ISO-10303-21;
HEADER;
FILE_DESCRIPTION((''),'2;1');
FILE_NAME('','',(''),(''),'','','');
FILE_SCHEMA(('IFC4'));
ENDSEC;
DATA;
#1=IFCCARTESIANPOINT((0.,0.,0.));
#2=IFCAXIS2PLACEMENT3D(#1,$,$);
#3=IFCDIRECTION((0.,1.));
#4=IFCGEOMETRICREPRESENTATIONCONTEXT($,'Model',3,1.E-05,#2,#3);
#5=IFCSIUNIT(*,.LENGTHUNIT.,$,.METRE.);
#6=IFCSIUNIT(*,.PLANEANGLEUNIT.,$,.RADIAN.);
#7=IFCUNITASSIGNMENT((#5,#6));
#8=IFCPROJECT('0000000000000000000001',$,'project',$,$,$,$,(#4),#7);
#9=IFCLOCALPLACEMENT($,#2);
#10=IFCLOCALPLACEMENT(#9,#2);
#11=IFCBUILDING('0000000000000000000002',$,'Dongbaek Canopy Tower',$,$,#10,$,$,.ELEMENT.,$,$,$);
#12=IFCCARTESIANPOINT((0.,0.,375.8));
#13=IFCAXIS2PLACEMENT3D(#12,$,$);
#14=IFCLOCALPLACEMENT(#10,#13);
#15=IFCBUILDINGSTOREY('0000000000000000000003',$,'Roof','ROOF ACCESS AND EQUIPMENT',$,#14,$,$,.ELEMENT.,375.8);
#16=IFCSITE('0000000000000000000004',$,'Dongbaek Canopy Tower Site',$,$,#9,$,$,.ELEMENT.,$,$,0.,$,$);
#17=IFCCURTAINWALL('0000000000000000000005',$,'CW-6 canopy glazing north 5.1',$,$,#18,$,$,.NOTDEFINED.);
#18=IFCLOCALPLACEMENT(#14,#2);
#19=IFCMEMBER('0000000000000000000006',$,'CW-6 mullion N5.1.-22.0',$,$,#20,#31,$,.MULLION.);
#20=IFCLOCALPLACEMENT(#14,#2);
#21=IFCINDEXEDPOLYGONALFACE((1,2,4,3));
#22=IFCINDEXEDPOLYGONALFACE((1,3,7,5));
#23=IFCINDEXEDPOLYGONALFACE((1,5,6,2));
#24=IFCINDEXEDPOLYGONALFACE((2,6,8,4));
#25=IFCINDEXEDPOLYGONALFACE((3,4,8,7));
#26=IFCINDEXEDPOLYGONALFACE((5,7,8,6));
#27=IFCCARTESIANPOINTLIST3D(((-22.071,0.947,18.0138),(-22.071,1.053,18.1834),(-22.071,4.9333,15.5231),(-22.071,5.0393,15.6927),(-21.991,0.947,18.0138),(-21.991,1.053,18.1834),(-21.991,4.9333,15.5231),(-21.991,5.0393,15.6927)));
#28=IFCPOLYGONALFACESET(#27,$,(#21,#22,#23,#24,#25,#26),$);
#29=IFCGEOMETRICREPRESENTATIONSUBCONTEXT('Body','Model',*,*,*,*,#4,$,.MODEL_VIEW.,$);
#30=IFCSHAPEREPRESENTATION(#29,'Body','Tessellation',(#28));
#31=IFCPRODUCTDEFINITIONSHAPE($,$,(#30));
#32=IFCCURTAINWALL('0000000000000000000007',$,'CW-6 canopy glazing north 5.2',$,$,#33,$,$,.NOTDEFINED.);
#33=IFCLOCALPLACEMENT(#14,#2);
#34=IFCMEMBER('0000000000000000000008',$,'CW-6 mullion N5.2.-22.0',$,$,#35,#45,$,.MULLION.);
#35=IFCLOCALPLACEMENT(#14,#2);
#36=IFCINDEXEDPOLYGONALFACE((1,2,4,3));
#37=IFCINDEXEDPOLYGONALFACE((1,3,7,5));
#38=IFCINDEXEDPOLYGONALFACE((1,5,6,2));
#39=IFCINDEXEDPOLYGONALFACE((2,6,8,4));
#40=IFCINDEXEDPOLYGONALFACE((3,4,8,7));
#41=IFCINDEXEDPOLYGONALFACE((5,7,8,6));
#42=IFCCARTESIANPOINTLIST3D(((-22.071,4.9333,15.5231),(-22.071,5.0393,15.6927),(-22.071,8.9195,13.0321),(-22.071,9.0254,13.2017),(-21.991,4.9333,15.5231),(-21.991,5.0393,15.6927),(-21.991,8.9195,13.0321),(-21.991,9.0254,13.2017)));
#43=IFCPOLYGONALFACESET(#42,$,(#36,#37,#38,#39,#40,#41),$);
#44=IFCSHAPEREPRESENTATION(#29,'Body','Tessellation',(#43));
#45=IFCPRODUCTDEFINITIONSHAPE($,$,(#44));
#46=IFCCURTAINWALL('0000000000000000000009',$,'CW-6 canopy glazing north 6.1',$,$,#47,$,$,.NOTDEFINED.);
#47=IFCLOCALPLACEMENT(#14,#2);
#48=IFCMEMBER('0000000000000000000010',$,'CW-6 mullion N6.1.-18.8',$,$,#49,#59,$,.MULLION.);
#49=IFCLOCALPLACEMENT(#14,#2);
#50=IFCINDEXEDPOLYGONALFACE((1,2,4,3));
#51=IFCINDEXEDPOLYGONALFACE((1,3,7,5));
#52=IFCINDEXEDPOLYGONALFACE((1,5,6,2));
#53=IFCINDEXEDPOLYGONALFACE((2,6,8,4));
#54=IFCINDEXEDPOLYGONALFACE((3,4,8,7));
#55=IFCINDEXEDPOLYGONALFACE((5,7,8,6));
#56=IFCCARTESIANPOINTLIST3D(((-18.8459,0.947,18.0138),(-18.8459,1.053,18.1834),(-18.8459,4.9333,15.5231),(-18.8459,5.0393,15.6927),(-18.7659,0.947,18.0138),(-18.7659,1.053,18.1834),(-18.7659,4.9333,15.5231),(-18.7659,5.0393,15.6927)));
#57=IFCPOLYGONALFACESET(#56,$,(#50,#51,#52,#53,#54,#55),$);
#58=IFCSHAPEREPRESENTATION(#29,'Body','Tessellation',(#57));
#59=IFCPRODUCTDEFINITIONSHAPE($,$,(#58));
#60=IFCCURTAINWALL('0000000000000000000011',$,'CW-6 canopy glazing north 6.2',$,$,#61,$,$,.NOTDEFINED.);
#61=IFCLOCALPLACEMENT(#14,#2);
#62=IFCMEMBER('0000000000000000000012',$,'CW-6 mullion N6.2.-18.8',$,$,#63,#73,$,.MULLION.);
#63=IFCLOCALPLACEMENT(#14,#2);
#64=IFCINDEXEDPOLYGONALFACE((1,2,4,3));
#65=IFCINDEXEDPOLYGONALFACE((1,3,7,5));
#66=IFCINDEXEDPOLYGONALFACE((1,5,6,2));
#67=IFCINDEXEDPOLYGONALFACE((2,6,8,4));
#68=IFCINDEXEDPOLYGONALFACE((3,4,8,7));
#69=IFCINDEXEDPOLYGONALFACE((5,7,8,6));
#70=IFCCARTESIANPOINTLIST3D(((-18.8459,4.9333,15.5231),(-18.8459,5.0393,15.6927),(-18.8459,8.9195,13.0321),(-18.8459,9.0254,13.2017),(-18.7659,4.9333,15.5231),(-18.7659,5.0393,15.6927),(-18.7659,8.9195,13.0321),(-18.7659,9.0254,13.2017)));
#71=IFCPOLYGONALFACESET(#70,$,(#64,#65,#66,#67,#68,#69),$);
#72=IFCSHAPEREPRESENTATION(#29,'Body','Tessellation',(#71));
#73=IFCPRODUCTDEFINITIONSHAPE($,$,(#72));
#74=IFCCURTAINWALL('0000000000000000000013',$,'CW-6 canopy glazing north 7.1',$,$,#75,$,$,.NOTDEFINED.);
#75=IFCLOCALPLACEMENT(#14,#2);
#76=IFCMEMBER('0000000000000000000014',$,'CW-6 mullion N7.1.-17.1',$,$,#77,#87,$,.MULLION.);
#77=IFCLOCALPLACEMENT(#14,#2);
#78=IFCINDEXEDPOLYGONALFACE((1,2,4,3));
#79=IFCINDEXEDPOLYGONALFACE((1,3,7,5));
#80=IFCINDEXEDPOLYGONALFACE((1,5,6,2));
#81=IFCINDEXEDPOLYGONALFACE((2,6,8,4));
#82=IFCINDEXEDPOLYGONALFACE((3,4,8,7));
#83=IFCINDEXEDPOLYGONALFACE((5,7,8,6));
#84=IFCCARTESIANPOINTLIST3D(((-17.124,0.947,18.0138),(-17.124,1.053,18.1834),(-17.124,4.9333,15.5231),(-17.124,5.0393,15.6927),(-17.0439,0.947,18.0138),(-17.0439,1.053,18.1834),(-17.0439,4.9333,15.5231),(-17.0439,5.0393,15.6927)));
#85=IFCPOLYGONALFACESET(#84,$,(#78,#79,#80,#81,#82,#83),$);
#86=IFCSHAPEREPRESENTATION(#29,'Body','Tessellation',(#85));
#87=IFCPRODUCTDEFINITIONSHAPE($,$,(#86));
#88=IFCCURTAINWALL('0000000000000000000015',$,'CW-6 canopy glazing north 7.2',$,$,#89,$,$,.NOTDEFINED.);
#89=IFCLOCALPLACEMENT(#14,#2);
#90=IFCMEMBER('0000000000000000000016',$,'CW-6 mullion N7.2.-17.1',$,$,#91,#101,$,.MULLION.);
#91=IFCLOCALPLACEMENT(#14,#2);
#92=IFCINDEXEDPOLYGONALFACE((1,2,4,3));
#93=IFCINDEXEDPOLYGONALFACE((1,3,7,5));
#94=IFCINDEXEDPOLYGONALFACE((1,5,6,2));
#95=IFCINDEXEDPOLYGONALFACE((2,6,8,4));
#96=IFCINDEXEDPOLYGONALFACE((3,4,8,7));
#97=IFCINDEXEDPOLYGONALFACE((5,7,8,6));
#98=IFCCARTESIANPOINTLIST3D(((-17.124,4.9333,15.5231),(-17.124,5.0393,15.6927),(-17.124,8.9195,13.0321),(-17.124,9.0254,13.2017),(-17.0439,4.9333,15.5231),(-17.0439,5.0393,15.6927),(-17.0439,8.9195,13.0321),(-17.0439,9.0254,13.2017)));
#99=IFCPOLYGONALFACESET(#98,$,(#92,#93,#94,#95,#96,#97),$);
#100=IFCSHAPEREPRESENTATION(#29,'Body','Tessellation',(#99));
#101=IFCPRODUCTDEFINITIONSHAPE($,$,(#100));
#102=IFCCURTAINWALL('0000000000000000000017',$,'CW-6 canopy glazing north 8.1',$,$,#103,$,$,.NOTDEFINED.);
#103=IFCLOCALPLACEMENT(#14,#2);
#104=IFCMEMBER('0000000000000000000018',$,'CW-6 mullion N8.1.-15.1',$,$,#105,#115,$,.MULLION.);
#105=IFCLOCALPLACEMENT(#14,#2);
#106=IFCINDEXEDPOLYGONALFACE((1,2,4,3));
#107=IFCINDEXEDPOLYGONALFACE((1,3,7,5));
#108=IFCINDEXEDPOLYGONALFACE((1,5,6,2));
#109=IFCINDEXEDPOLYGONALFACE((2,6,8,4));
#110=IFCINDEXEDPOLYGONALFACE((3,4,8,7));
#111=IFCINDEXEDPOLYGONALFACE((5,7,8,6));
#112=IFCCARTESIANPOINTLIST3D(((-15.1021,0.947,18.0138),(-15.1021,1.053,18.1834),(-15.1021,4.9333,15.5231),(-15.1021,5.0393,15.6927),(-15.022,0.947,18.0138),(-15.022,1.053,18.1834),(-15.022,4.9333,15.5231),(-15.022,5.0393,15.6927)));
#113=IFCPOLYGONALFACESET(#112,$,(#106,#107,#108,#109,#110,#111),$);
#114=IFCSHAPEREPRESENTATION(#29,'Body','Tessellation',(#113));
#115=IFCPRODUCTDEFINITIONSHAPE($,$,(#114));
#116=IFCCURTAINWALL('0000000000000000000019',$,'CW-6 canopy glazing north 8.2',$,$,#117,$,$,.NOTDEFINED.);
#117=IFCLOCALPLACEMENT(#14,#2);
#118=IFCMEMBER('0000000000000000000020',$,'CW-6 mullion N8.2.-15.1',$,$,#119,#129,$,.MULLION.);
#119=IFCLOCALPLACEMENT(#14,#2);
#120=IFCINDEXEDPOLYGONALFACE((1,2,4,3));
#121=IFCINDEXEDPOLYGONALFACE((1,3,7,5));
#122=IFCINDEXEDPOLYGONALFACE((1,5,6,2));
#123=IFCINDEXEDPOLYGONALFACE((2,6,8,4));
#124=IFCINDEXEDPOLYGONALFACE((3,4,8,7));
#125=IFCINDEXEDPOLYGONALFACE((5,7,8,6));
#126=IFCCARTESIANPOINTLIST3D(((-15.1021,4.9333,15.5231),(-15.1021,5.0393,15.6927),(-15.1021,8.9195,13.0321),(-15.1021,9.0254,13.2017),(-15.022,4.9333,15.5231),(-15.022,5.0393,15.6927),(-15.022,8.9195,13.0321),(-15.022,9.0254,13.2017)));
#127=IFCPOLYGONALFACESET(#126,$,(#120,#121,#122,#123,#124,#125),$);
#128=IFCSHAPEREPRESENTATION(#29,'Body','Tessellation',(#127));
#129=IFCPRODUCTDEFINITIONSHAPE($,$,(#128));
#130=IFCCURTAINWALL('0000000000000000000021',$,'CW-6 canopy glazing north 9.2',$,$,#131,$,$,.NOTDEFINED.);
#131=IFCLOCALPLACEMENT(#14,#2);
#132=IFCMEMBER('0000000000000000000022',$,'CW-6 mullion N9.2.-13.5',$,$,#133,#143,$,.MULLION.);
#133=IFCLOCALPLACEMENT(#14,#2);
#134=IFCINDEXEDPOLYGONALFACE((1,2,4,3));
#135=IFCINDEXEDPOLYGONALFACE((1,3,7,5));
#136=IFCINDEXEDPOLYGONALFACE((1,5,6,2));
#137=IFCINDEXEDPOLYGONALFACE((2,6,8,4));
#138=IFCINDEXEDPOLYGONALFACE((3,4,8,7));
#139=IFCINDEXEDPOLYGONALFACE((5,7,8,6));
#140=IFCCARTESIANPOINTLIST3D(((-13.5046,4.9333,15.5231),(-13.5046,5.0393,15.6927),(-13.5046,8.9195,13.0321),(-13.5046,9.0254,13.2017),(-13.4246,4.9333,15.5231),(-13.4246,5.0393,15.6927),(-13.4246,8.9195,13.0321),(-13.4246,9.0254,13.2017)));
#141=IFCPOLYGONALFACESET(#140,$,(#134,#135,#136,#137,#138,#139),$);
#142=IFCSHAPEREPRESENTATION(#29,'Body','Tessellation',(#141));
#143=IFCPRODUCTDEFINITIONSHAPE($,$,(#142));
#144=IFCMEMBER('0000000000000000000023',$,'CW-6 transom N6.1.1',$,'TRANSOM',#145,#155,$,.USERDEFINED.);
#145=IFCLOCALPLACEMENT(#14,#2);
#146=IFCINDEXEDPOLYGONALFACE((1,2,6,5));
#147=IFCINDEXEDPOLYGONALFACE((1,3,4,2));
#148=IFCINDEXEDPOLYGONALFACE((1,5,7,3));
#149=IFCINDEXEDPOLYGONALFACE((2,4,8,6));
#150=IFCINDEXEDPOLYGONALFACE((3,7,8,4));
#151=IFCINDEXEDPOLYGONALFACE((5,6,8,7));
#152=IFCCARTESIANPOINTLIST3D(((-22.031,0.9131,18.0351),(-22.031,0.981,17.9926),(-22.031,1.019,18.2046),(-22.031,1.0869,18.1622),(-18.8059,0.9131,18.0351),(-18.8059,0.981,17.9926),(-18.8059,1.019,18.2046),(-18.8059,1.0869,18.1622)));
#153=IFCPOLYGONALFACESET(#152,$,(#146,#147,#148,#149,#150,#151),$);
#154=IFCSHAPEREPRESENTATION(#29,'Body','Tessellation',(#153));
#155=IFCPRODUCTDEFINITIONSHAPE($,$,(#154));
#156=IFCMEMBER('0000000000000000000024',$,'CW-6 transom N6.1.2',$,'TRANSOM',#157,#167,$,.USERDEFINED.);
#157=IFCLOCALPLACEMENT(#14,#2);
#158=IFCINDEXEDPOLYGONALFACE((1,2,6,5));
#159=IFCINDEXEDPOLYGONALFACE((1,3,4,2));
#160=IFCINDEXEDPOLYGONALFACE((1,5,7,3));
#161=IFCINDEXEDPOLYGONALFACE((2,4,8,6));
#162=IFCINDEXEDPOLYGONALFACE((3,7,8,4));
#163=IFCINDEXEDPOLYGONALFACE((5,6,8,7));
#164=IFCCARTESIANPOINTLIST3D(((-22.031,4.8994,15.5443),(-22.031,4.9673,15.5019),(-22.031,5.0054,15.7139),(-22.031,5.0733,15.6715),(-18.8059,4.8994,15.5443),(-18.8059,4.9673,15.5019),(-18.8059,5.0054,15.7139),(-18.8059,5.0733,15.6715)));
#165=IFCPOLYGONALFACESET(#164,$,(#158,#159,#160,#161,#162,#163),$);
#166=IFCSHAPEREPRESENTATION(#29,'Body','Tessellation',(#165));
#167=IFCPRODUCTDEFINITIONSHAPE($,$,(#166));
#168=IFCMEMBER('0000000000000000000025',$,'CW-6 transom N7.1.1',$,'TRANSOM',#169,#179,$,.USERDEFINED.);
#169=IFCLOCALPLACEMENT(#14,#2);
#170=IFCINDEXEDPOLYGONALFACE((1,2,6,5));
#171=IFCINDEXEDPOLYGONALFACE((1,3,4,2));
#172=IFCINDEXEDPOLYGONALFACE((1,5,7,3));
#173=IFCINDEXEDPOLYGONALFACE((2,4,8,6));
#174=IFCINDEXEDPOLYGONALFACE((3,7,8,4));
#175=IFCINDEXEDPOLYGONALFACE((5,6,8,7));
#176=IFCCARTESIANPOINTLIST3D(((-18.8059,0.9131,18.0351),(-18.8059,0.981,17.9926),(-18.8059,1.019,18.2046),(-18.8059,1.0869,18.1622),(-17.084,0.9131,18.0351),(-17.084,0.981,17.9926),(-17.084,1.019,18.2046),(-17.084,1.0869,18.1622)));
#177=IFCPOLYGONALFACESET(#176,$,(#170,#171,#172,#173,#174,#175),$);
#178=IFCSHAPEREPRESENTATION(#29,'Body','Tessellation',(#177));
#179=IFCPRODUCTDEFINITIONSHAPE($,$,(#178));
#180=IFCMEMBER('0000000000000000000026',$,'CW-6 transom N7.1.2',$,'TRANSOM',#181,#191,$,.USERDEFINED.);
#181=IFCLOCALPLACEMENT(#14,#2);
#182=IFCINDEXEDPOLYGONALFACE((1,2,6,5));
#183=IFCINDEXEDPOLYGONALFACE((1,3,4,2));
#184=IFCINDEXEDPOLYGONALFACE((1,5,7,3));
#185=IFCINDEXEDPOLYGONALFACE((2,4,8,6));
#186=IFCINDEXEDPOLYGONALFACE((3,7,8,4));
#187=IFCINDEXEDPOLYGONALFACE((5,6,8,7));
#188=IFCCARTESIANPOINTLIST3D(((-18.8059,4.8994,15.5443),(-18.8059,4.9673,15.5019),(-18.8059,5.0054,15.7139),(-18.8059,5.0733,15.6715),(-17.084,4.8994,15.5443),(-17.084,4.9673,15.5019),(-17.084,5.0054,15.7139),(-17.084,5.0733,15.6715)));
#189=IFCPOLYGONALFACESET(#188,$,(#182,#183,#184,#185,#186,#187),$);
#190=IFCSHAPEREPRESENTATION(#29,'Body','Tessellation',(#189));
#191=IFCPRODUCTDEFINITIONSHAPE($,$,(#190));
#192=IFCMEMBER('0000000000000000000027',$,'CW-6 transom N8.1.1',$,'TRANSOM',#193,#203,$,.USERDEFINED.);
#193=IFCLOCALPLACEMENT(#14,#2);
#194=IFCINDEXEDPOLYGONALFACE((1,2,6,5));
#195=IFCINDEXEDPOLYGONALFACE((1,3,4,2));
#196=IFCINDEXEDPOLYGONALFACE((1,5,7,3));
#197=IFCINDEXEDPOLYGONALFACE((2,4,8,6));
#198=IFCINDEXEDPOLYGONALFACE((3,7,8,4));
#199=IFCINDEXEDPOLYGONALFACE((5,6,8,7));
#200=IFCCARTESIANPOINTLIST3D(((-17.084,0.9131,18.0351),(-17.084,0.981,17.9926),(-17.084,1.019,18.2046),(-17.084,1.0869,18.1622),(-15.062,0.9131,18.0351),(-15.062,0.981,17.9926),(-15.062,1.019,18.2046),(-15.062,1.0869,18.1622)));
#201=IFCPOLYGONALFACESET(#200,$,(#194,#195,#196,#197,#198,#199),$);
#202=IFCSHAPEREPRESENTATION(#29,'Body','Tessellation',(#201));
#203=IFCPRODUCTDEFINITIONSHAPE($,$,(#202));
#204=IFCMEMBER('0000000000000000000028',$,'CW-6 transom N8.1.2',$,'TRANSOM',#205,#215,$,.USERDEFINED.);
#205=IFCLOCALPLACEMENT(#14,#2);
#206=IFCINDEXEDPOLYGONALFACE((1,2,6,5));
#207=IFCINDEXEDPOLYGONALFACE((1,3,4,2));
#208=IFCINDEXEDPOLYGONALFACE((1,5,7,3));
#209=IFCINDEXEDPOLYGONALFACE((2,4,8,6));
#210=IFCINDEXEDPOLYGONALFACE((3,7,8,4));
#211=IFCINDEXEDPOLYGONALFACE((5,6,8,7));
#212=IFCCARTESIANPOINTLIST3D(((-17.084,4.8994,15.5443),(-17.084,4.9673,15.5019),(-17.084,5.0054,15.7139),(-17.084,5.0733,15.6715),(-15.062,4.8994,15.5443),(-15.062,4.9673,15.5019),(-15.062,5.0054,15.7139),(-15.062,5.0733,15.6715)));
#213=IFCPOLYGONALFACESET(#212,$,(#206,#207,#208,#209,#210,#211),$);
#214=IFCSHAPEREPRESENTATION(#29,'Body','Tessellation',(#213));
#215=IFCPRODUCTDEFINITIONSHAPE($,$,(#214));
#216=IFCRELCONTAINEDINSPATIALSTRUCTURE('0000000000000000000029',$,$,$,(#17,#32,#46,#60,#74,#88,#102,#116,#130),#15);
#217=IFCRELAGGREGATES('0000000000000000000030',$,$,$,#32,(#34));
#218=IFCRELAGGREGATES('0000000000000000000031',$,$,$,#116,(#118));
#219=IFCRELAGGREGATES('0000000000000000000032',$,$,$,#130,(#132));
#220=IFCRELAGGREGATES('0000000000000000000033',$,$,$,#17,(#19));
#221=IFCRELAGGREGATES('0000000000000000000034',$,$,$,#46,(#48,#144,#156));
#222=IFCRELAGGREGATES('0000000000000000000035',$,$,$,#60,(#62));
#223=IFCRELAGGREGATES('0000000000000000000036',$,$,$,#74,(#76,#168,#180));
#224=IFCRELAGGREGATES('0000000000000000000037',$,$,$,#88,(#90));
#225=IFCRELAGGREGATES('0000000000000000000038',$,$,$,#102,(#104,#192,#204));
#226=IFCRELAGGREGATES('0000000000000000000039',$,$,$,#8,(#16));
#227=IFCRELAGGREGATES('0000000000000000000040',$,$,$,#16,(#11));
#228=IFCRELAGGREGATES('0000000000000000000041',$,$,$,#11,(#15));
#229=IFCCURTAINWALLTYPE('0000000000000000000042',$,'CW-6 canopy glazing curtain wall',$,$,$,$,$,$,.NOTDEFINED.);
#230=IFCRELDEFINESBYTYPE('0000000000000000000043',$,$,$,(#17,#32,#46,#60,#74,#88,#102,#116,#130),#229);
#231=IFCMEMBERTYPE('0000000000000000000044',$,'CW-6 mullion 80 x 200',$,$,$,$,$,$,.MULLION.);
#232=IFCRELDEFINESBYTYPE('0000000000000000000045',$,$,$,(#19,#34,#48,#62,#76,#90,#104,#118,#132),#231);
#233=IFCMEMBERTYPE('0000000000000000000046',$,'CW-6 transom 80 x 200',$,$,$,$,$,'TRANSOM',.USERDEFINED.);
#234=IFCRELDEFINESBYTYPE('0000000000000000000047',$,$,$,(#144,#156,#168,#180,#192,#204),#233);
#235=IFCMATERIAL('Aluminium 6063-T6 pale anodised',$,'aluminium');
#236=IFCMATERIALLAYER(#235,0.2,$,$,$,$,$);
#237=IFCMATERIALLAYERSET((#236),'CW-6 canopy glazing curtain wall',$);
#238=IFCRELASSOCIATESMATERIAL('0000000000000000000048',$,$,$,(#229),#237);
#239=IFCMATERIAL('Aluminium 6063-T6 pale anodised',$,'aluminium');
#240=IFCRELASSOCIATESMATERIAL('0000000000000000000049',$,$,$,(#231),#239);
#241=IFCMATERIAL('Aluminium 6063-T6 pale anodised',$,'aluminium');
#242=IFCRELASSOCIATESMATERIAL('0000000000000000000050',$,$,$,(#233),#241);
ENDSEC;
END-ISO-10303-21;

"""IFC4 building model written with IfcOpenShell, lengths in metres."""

from ifc_helpers import new_model, si_unit, direction, frame, origin, origin_2d, place, context, subcontext, project, spatial, rectangle, extrude, material, layer, layer_set, material_profile, profile_set, type_object, element, aggregate, save


model = new_model("IFC4")

# Units and contexts
model_context = context("Model", 3, precision=1e-05, world=origin(), true_north=direction((0.0, 1.0)))
body_context = subcontext(model_context, "Body", "Model", "MODEL_VIEW")
ifc_project = project(units=[si_unit("LENGTHUNIT", "METRE"), si_unit("PLANEANGLEUNIT", "RADIAN")], contexts=[model_context])

# Site, building, storey
site_placement = place(None, origin())
site = spatial("IfcSite", under=ifc_project, at=site_placement, Name="Dongbaek Canopy Tower Site", CompositionType="ELEMENT", RefElevation=0.0)
building_placement = place(site_placement, origin())
building = spatial("IfcBuilding", under=site, at=building_placement, Name="Dongbaek Canopy Tower", CompositionType="ELEMENT")
storey_placement = place(building_placement, frame((0.0, 0.0, 375.8)))
storey = spatial("IfcBuildingStorey", under=building, at=storey_placement, Name="Roof", Description="ROOF ACCESS AND EQUIPMENT", CompositionType="ELEMENT", Elevation=375.8)

# Curtain walls, members
ifc_material_1 = material(Name="Aluminium 6063-T6 pale anodised", Category="aluminium")
ifc_layer_1 = layer(ifc_material_1, 0.2)
ifc_layer_set_1 = layer_set([ifc_layer_1], Name="CW-6 canopy glazing curtain wall")
curtain_wall_type = type_object("IfcCurtainWallType", Name="CW-6 canopy glazing curtain wall", PredefinedType="NOTDEFINED", material=ifc_layer_set_1)
curtain_wall_1_placement = place(storey_placement, origin())
curtain_wall_1 = element("IfcCurtainWall", 1, at=curtain_wall_1_placement, inside=storey, type_object=curtain_wall_type, Name="CW-6 canopy glazing north 5.1", PredefinedType="NOTDEFINED")
ifc_material_2 = material(Name="Aluminium 6063-T6 pale anodised", Category="aluminium")
ifc_material_profile_1 = material_profile(ifc_material_2, rectangle(XDim=0.0801, YDim=0.2, at=origin_2d()), Name="CW-6 mullion 80 x 200")
ifc_profile_set_1 = profile_set([ifc_material_profile_1], Name="Aluminium 6063-T6 pale anodised")
member_type_1 = type_object("IfcMemberType", Name="CW-6 mullion 80 x 200", PredefinedType="MULLION", material=ifc_profile_set_1)
member_1_placement = place(storey_placement, frame((-22.031, 1.0, 18.0986), z_axis=(0.0, 0.848068, -0.529887), x_axis=(-1.0, 0.0, 0.0)))
member_1 = element("IfcMember", 2, at=member_1_placement, type_object=member_type_1, Name="CW-6 mullion N5.1.-22.0", PredefinedType="MULLION", context=body_context, shape_type="SweptSolid", body=[
    extrude(rectangle(XDim=0.0801, YDim=0.2, at=origin_2d()), origin(), (0.0, 0.0, 1.0), 4.7004),
])
curtain_wall_2_placement = place(storey_placement, origin())
curtain_wall_2 = element("IfcCurtainWall", 3, at=curtain_wall_2_placement, inside=storey, type_object=curtain_wall_type, Name="CW-6 canopy glazing north 5.2", PredefinedType="NOTDEFINED")
member_2_placement = place(storey_placement, frame((-22.031, 4.9863, 15.6079), z_axis=(0.0, 0.84803, -0.529948), x_axis=(-1.0, 0.0, 0.0)))
member_2 = element("IfcMember", 4, at=member_2_placement, type_object=member_type_1, Name="CW-6 mullion N5.2.-22.0", PredefinedType="MULLION", context=body_context, shape_type="SweptSolid", body=[
    extrude(rectangle(XDim=0.0801, YDim=0.2, at=origin_2d()), origin(), (0.0, 0.0, 1.0), 4.7004),
])
aggregate(curtain_wall_2, [member_2])
curtain_wall_3_placement = place(storey_placement, origin())
curtain_wall_3 = element("IfcCurtainWall", 5, at=curtain_wall_3_placement, inside=storey, type_object=curtain_wall_type, Name="CW-6 canopy glazing north 6.1", PredefinedType="NOTDEFINED")
member_3_placement = place(storey_placement, frame((-18.8059, 1.0, 18.0986), z_axis=(0.0, 0.848068, -0.529887), x_axis=(-1.0, 0.0, 0.0)))
member_3 = element("IfcMember", 6, at=member_3_placement, type_object=member_type_1, Name="CW-6 mullion N6.1.-18.8", PredefinedType="MULLION", context=body_context, shape_type="SweptSolid", body=[
    extrude(rectangle(XDim=0.0801, YDim=0.2, at=origin_2d()), origin(), (0.0, 0.0, 1.0), 4.7004),
])
curtain_wall_4_placement = place(storey_placement, origin())
curtain_wall_4 = element("IfcCurtainWall", 7, at=curtain_wall_4_placement, inside=storey, type_object=curtain_wall_type, Name="CW-6 canopy glazing north 6.2", PredefinedType="NOTDEFINED")
member_4_placement = place(storey_placement, frame((-18.8059, 4.9863, 15.6079), z_axis=(0.0, 0.84803, -0.529948), x_axis=(-1.0, 0.0, 0.0)))
member_4 = element("IfcMember", 8, at=member_4_placement, type_object=member_type_1, Name="CW-6 mullion N6.2.-18.8", PredefinedType="MULLION", context=body_context, shape_type="SweptSolid", body=[
    extrude(rectangle(XDim=0.0801, YDim=0.2, at=origin_2d()), origin(), (0.0, 0.0, 1.0), 4.7004),
])
curtain_wall_5_placement = place(storey_placement, origin())
curtain_wall_5 = element("IfcCurtainWall", 9, at=curtain_wall_5_placement, inside=storey, type_object=curtain_wall_type, Name="CW-6 canopy glazing north 7.1", PredefinedType="NOTDEFINED")
member_5_placement = place(storey_placement, frame((-17.084, 1.0, 18.0986), z_axis=(0.0, 0.848068, -0.529887), x_axis=(-1.0, 0.0, 0.0)))
member_5 = element("IfcMember", 10, at=member_5_placement, type_object=member_type_1, Name="CW-6 mullion N7.1.-17.1", PredefinedType="MULLION", context=body_context, shape_type="SweptSolid", body=[
    extrude(rectangle(XDim=0.0801, YDim=0.2, at=origin_2d()), origin(), (0.0, 0.0, 1.0), 4.7004),
])
curtain_wall_6_placement = place(storey_placement, origin())
curtain_wall_6 = element("IfcCurtainWall", 11, at=curtain_wall_6_placement, inside=storey, type_object=curtain_wall_type, Name="CW-6 canopy glazing north 7.2", PredefinedType="NOTDEFINED")
member_6_placement = place(storey_placement, frame((-17.084, 4.9863, 15.6079), z_axis=(0.0, 0.84803, -0.529948), x_axis=(-1.0, 0.0, 0.0)))
member_6 = element("IfcMember", 12, at=member_6_placement, type_object=member_type_1, Name="CW-6 mullion N7.2.-17.1", PredefinedType="MULLION", context=body_context, shape_type="SweptSolid", body=[
    extrude(rectangle(XDim=0.0801, YDim=0.2, at=origin_2d()), origin(), (0.0, 0.0, 1.0), 4.7004),
])
curtain_wall_7_placement = place(storey_placement, origin())
curtain_wall_7 = element("IfcCurtainWall", 13, at=curtain_wall_7_placement, inside=storey, type_object=curtain_wall_type, Name="CW-6 canopy glazing north 8.1", PredefinedType="NOTDEFINED")
member_7_placement = place(storey_placement, frame((-15.062, 1.0, 18.0986), z_axis=(0.0, 0.848068, -0.529887), x_axis=(-1.0, 0.0, 0.0)))
member_7 = element("IfcMember", 14, at=member_7_placement, type_object=member_type_1, Name="CW-6 mullion N8.1.-15.1", PredefinedType="MULLION", context=body_context, shape_type="SweptSolid", body=[
    extrude(rectangle(XDim=0.0801, YDim=0.2, at=origin_2d()), origin(), (0.0, 0.0, 1.0), 4.7004),
])
curtain_wall_8_placement = place(storey_placement, origin())
curtain_wall_8 = element("IfcCurtainWall", 15, at=curtain_wall_8_placement, inside=storey, type_object=curtain_wall_type, Name="CW-6 canopy glazing north 8.2", PredefinedType="NOTDEFINED")
member_8_placement = place(storey_placement, frame((-15.062, 4.9863, 15.6079), z_axis=(0.0, 0.84803, -0.529948), x_axis=(-1.0, 0.0, 0.0)))
member_8 = element("IfcMember", 16, at=member_8_placement, type_object=member_type_1, Name="CW-6 mullion N8.2.-15.1", PredefinedType="MULLION", context=body_context, shape_type="SweptSolid", body=[
    extrude(rectangle(XDim=0.0801, YDim=0.2, at=origin_2d()), origin(), (0.0, 0.0, 1.0), 4.7004),
])
aggregate(curtain_wall_8, [member_8])
curtain_wall_9_placement = place(storey_placement, origin())
curtain_wall_9 = element("IfcCurtainWall", 17, at=curtain_wall_9_placement, inside=storey, type_object=curtain_wall_type, Name="CW-6 canopy glazing north 9.2", PredefinedType="NOTDEFINED")
member_9_placement = place(storey_placement, frame((-13.4646, 4.9863, 15.6079), z_axis=(0.0, 0.84803, -0.529948), x_axis=(-1.0, 0.0, 0.0)))
member_9 = element("IfcMember", 18, at=member_9_placement, type_object=member_type_1, Name="CW-6 mullion N9.2.-13.5", PredefinedType="MULLION", context=body_context, shape_type="SweptSolid", body=[
    extrude(rectangle(XDim=0.0801, YDim=0.2, at=origin_2d()), origin(), (0.0, 0.0, 1.0), 4.7004),
])
aggregate(curtain_wall_9, [member_9])

# Members
ifc_material_3 = material(Name="Aluminium 6063-T6 pale anodised", Category="aluminium")
ifc_material_profile_2 = material_profile(ifc_material_3, rectangle(XDim=0.0801, YDim=0.2, at=origin_2d()), Name="CW-6 transom 80 x 200")
ifc_profile_set_2 = profile_set([ifc_material_profile_2], Name="Aluminium 6063-T6 pale anodised")
member_type_2 = type_object("IfcMemberType", Name="CW-6 transom 80 x 200", ElementType="TRANSOM", PredefinedType="USERDEFINED", material=ifc_profile_set_2)
member_10_placement = place(storey_placement, frame((-22.031, 1.0, 18.0986), z_axis=(1.0, 0.0, 0.0), x_axis=(0.0, 0.848048, -0.529919)))
member_10 = element("IfcMember", 19, at=member_10_placement, type_object=member_type_2, Name="CW-6 transom N6.1.1", ObjectType="TRANSOM", PredefinedType="USERDEFINED", context=body_context, shape_type="SweptSolid", body=[
    extrude(rectangle(XDim=0.0801, YDim=0.2, at=origin_2d()), origin(), (0.0, 0.0, 1.0), 3.2251),
])
member_11_placement = place(storey_placement, frame((-22.031, 4.9863, 15.6079), z_axis=(1.0, 0.0, 0.0), x_axis=(0.0, 0.848048, -0.529919)))
member_11 = element("IfcMember", 20, at=member_11_placement, type_object=member_type_2, Name="CW-6 transom N6.1.2", ObjectType="TRANSOM", PredefinedType="USERDEFINED", context=body_context, shape_type="SweptSolid", body=[
    extrude(rectangle(XDim=0.0801, YDim=0.2, at=origin_2d()), origin(), (0.0, 0.0, 1.0), 3.2251),
])
member_12_placement = place(storey_placement, frame((-18.8059, 1.0, 18.0986), z_axis=(1.0, 0.0, 0.0), x_axis=(0.0, 0.848048, -0.529919)))
member_12 = element("IfcMember", 21, at=member_12_placement, type_object=member_type_2, Name="CW-6 transom N7.1.1", ObjectType="TRANSOM", PredefinedType="USERDEFINED", context=body_context, shape_type="SweptSolid", body=[
    extrude(rectangle(XDim=0.0801, YDim=0.2, at=origin_2d()), origin(), (0.0, 0.0, 1.0), 1.7219),
])
member_13_placement = place(storey_placement, frame((-18.8059, 4.9863, 15.6079), z_axis=(1.0, 0.0, 0.0), x_axis=(0.0, 0.848048, -0.529919)))
member_13 = element("IfcMember", 22, at=member_13_placement, type_object=member_type_2, Name="CW-6 transom N7.1.2", ObjectType="TRANSOM", PredefinedType="USERDEFINED", context=body_context, shape_type="SweptSolid", body=[
    extrude(rectangle(XDim=0.0801, YDim=0.2, at=origin_2d()), origin(), (0.0, 0.0, 1.0), 1.7219),
])
member_14_placement = place(storey_placement, frame((-17.084, 1.0, 18.0986), z_axis=(1.0, 0.0, 0.0), x_axis=(0.0, 0.848048, -0.529919)))
member_14 = element("IfcMember", 23, at=member_14_placement, type_object=member_type_2, Name="CW-6 transom N8.1.1", ObjectType="TRANSOM", PredefinedType="USERDEFINED", context=body_context, shape_type="SweptSolid", body=[
    extrude(rectangle(XDim=0.0801, YDim=0.2, at=origin_2d()), origin(), (0.0, 0.0, 1.0), 2.022),
])
member_15_placement = place(storey_placement, frame((-17.084, 4.9863, 15.6079), z_axis=(1.0, 0.0, 0.0), x_axis=(0.0, 0.848048, -0.529919)))
member_15 = element("IfcMember", 24, at=member_15_placement, type_object=member_type_2, Name="CW-6 transom N8.1.2", ObjectType="TRANSOM", PredefinedType="USERDEFINED", context=body_context, shape_type="SweptSolid", body=[
    extrude(rectangle(XDim=0.0801, YDim=0.2, at=origin_2d()), origin(), (0.0, 0.0, 1.0), 2.022),
])

aggregate(curtain_wall_1, [member_1])
aggregate(curtain_wall_3, [member_3, member_10, member_11])
aggregate(curtain_wall_4, [member_4])
aggregate(curtain_wall_5, [member_5, member_12, member_13])
aggregate(curtain_wall_6, [member_6])
aggregate(curtain_wall_7, [member_7, member_14, member_15])

save(model, "model.ifc")
